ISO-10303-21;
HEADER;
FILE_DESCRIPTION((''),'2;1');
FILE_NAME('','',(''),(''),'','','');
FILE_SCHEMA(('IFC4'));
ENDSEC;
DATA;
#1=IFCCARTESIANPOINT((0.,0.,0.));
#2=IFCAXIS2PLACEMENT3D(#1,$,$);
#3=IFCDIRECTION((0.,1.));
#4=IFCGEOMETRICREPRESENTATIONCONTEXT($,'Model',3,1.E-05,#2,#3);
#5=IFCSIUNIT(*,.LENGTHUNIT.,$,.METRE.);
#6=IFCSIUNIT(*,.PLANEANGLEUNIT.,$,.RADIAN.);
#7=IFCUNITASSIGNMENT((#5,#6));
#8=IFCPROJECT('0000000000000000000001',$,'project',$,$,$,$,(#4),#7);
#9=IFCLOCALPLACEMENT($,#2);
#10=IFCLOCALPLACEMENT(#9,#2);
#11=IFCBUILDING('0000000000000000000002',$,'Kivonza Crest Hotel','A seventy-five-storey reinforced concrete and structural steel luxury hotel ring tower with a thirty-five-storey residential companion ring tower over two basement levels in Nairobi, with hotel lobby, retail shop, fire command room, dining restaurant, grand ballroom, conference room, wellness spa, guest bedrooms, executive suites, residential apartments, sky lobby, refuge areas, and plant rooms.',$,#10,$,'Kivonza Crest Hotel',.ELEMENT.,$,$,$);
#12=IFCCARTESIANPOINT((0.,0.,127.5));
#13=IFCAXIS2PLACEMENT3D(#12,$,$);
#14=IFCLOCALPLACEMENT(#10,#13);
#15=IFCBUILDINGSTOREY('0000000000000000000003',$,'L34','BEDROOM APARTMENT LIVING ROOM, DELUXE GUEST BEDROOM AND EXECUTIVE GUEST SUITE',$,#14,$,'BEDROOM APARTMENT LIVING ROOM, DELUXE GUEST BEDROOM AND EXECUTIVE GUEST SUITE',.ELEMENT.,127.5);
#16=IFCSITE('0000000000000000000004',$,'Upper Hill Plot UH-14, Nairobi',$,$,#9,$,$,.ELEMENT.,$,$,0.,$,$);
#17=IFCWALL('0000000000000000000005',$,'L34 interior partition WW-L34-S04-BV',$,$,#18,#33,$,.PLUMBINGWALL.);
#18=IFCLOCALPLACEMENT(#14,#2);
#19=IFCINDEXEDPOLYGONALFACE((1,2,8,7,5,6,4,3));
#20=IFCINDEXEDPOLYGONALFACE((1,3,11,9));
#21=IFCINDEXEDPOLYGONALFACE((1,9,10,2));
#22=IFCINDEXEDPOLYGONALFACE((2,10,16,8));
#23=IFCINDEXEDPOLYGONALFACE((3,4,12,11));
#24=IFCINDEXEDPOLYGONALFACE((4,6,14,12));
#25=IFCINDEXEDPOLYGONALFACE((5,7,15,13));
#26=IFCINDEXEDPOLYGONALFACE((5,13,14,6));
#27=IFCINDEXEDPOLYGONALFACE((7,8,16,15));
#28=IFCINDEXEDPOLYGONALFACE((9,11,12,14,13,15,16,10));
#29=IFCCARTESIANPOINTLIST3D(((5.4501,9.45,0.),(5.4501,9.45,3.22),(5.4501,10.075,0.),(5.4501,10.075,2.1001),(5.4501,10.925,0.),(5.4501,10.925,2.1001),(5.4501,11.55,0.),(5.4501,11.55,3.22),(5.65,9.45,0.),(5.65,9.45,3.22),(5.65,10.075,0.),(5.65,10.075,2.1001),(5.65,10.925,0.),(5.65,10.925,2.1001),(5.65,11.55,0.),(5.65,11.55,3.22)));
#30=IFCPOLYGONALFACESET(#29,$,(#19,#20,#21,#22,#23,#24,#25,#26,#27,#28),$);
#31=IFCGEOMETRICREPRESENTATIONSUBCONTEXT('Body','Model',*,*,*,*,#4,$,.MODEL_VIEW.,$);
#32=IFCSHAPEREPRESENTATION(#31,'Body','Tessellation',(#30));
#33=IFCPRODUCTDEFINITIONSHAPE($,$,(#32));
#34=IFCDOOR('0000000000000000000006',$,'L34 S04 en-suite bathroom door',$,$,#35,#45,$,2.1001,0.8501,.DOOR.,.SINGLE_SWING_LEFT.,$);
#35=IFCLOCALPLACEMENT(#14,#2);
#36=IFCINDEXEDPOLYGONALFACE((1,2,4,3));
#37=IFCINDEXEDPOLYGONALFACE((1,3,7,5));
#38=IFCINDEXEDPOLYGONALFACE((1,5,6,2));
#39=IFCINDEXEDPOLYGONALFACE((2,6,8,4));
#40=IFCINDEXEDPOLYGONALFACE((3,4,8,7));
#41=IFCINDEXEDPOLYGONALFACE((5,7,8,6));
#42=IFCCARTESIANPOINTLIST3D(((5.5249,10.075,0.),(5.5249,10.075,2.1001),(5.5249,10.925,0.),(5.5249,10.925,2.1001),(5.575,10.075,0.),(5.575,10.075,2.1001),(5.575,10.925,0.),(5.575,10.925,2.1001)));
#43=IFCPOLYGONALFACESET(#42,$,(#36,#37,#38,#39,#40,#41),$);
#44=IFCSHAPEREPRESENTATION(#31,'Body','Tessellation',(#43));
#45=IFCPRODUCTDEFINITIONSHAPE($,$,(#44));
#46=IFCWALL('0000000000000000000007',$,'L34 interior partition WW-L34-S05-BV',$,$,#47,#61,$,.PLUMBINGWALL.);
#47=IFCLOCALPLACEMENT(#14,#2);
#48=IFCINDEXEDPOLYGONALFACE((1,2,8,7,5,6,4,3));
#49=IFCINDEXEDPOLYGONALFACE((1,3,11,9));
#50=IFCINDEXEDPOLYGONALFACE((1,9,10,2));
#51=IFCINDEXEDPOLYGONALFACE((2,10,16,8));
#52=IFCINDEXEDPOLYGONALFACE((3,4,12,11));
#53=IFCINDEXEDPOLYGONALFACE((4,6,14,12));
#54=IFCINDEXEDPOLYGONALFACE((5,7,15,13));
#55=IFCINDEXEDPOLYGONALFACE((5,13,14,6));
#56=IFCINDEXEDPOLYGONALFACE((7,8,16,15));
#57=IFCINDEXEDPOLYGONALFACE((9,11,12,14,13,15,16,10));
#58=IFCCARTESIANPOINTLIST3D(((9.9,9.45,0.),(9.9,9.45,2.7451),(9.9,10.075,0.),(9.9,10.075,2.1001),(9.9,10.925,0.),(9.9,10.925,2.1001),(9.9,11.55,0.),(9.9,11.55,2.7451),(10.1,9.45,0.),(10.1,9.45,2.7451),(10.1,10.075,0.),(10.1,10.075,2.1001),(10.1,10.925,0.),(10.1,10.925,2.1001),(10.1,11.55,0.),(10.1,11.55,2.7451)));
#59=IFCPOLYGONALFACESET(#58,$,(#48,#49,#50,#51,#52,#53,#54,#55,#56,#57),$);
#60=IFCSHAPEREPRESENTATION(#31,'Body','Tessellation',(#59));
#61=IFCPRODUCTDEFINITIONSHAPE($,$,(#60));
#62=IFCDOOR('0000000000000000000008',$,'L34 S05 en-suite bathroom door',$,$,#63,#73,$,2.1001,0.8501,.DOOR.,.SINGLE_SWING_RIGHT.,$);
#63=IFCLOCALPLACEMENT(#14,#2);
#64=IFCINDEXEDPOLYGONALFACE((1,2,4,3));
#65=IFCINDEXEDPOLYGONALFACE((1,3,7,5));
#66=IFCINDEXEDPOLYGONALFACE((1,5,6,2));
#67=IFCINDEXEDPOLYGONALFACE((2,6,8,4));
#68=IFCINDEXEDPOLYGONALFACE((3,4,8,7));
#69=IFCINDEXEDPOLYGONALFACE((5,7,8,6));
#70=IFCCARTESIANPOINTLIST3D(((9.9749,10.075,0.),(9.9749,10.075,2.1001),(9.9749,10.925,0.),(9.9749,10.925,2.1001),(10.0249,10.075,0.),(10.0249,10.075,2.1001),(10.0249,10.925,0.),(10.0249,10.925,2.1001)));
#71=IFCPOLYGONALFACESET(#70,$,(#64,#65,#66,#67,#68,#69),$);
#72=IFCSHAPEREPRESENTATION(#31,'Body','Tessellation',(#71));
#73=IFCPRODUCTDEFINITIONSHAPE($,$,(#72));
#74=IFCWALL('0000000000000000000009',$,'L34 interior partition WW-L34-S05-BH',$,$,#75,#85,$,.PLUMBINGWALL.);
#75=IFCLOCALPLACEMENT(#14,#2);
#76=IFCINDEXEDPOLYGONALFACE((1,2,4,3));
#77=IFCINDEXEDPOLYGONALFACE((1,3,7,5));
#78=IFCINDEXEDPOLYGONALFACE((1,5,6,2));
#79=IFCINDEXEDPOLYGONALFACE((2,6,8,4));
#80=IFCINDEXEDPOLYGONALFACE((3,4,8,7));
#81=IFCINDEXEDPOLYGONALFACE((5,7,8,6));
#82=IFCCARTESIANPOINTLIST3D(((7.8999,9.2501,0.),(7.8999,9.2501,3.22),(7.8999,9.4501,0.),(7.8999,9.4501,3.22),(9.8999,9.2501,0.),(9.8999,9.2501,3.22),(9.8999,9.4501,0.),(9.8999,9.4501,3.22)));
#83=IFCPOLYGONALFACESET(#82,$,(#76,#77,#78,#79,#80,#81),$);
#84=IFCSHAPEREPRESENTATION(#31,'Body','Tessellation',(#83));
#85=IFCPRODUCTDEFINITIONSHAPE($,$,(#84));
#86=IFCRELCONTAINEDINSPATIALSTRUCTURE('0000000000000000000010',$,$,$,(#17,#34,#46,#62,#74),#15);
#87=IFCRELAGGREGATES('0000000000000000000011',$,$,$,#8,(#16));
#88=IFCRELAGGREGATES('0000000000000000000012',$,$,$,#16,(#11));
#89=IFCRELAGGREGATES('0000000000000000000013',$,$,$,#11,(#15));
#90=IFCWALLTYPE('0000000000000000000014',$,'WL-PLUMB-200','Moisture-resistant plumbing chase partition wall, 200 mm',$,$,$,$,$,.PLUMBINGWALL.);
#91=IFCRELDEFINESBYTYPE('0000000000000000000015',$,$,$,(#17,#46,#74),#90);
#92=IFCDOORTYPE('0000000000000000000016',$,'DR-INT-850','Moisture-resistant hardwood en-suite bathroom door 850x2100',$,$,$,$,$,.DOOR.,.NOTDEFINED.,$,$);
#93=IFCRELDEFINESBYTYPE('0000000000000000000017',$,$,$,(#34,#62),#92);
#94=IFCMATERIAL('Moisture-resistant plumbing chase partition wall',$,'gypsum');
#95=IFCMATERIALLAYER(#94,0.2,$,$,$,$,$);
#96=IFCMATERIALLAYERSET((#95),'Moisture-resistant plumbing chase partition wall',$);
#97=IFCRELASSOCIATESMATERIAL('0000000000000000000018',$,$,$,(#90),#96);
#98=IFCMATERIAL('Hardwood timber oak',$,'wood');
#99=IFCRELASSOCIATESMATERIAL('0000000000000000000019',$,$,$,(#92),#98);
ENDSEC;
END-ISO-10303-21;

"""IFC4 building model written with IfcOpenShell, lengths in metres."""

from ifc_helpers import new_model, si_unit, direction, frame, frame_2d, origin, place, context, subcontext, project, spatial, rectangle, extrude, material, layer, layer_set, type_object, element, fill, save


model = new_model("IFC4")

# Units and contexts
model_context = context("Model", 3, precision=1e-05, world=origin(), true_north=direction((0.0, 1.0)))
body_context = subcontext(model_context, "Body", "Model", "MODEL_VIEW")
ifc_project = project(units=[si_unit("LENGTHUNIT", "METRE"), si_unit("PLANEANGLEUNIT", "RADIAN")], contexts=[model_context])

# Site, building, storey
site_placement = place(None, origin())
site = spatial("IfcSite", under=ifc_project, at=site_placement, Name="Upper Hill Plot UH-14, Nairobi", CompositionType="ELEMENT", RefElevation=0.0)
building_placement = place(site_placement, origin())
building = spatial("IfcBuilding", under=site, at=building_placement, Name="Kivonza Crest Hotel", Description="A seventy-five-storey reinforced concrete and structural steel luxury hotel ring tower with a thirty-five-storey residential companion ring tower over two basement levels in Nairobi, with hotel lobby, retail shop, fire command room, dining restaurant, grand ballroom, conference room, wellness spa, guest bedrooms, executive suites, residential apartments, sky lobby, refuge areas, and plant rooms.", LongName="Kivonza Crest Hotel", CompositionType="ELEMENT")
storey_placement = place(building_placement, frame((0.0, 0.0, 127.5)))
storey = spatial("IfcBuildingStorey", under=building, at=storey_placement, Name="L34", Description="BEDROOM APARTMENT LIVING ROOM, DELUXE GUEST BEDROOM AND EXECUTIVE GUEST SUITE", LongName="BEDROOM APARTMENT LIVING ROOM, DELUXE GUEST BEDROOM AND EXECUTIVE GUEST SUITE", CompositionType="ELEMENT", Elevation=127.5)

# Shared definitions
ifc_material_1 = material(Name="Hardwood timber oak", Category="wood")

# Walls, openings, doors
ifc_material_2 = material(Name="Moisture-resistant plumbing chase partition wall", Category="gypsum")
ifc_layer_1 = layer(ifc_material_2, 0.2)
ifc_layer_set_1 = layer_set([ifc_layer_1], Name="Moisture-resistant plumbing chase partition wall")
wall_type_1 = type_object("IfcWallType", Name="WL-PLUMB-200", Description="Moisture-resistant plumbing chase partition wall, 200 mm", PredefinedType="PLUMBINGWALL", material=ifc_layer_set_1)
wall_1_placement = place(storey_placement, frame((5.55, 9.45, 0.0), z_axis=(0.0, 0.0, 1.0), x_axis=(0.0, 1.0, 0.0)))
wall_1 = element("IfcWall", 1, at=wall_1_placement, inside=storey, type_object=wall_type_1, Name="L34 interior partition WW-L34-S04-BV", PredefinedType="PLUMBINGWALL", context=body_context, shape_type="SweptSolid", body=[
    extrude(rectangle(XDim=2.1001, YDim=0.2, at=frame_2d((1.05, 0.0))), origin(), (0.0, 0.0, 1.0), 3.22),
])
opening_1_placement = place(wall_1_placement, frame((0.625, 0.0, 0.0)))
opening_1 = element("IfcOpeningElement", 2, at=opening_1_placement, cuts=wall_1, PredefinedType="OPENING", context=body_context, shape_type="SweptSolid", body=[
    extrude(rectangle(XDim=0.8501, YDim=2.1001, at=frame_2d((0.425, 1.05))), frame((0.0, 0.1099, 0.0), z_axis=(0.0, -1.0, 0.0), x_axis=(1.0, 0.0, 0.0)), (0.0, 0.0, 1.0), 0.22),
])
door_type_1 = type_object("IfcDoorType", Name="DR-INT-850", Description="Moisture-resistant hardwood en-suite bathroom door 850x2100", OperationType="NOTDEFINED", PredefinedType="DOOR", material=ifc_material_1)
door_1_placement = place(opening_1_placement, frame((0.8501, 0.0, 0.0), z_axis=(0.0, 0.0, 1.0), x_axis=(-1.0, 0.0, 0.0)))
door_1 = element("IfcDoor", 3, at=door_1_placement, inside=storey, type_object=door_type_1, Name="L34 S04 en-suite bathroom door", OperationType="SINGLE_SWING_LEFT", OverallHeight=2.1001, OverallWidth=0.8501, PredefinedType="DOOR", context=body_context, shape_type="SweptSolid", body=[
    extrude(rectangle(XDim=0.8501, YDim=2.1001, at=frame_2d((0.425, 1.05))), frame((0.0, 0.0249, 0.0), z_axis=(0.0, -1.0, 0.0), x_axis=(1.0, 0.0, 0.0)), (0.0, 0.0, 1.0), 0.05),
])
fill(opening_1, door_1)
wall_2_placement = place(storey_placement, frame((10.0, 9.45, 0.0), z_axis=(0.0, 0.0, 1.0), x_axis=(0.0, 1.0, 0.0)))
wall_2 = element("IfcWall", 4, at=wall_2_placement, inside=storey, type_object=wall_type_1, Name="L34 interior partition WW-L34-S05-BV", PredefinedType="PLUMBINGWALL", context=body_context, shape_type="SweptSolid", body=[
    extrude(rectangle(XDim=2.1001, YDim=0.2, at=frame_2d((1.05, 0.0))), origin(), (0.0, 0.0, 1.0), 2.7451),
])
opening_2_placement = place(wall_2_placement, frame((0.625, 0.0, 0.0)))
opening_2 = element("IfcOpeningElement", 5, at=opening_2_placement, cuts=wall_2, PredefinedType="OPENING", context=body_context, shape_type="SweptSolid", body=[
    extrude(rectangle(XDim=0.8501, YDim=2.1001, at=frame_2d((0.425, 1.05))), frame((0.0, 0.1099, 0.0), z_axis=(0.0, -1.0, 0.0), x_axis=(1.0, 0.0, 0.0)), (0.0, 0.0, 1.0), 0.22),
])
door_2_placement = place(opening_2_placement, frame((0.8501, 0.0, 0.0), z_axis=(0.0, 0.0, 1.0), x_axis=(-1.0, 0.0, 0.0)))
door_2 = element("IfcDoor", 6, at=door_2_placement, inside=storey, type_object=door_type_1, Name="L34 S05 en-suite bathroom door", OperationType="SINGLE_SWING_RIGHT", OverallHeight=2.1001, OverallWidth=0.8501, PredefinedType="DOOR", context=body_context, shape_type="SweptSolid", body=[
    extrude(rectangle(XDim=0.8501, YDim=2.1001, at=frame_2d((0.425, 1.05))), frame((0.0, 0.0249, 0.0), z_axis=(0.0, -1.0, 0.0), x_axis=(1.0, 0.0, 0.0)), (0.0, 0.0, 1.0), 0.05),
])
fill(opening_2, door_2)

# Wall
wall_3_placement = place(storey_placement, frame((7.8999, 9.3501, 0.0), z_axis=(0.0, 0.0, 1.0), x_axis=(1.0, 0.0, 0.0)))
element("IfcWall", 7, at=wall_3_placement, inside=storey, type_object=wall_type_1, Name="L34 interior partition WW-L34-S05-BH", PredefinedType="PLUMBINGWALL", context=body_context, shape_type="SweptSolid", body=[
    extrude(rectangle(XDim=2.0, YDim=0.2, at=frame_2d((1.0, 0.0))), origin(), (0.0, 0.0, 1.0), 3.22),
])

save(model, "model.ifc")
